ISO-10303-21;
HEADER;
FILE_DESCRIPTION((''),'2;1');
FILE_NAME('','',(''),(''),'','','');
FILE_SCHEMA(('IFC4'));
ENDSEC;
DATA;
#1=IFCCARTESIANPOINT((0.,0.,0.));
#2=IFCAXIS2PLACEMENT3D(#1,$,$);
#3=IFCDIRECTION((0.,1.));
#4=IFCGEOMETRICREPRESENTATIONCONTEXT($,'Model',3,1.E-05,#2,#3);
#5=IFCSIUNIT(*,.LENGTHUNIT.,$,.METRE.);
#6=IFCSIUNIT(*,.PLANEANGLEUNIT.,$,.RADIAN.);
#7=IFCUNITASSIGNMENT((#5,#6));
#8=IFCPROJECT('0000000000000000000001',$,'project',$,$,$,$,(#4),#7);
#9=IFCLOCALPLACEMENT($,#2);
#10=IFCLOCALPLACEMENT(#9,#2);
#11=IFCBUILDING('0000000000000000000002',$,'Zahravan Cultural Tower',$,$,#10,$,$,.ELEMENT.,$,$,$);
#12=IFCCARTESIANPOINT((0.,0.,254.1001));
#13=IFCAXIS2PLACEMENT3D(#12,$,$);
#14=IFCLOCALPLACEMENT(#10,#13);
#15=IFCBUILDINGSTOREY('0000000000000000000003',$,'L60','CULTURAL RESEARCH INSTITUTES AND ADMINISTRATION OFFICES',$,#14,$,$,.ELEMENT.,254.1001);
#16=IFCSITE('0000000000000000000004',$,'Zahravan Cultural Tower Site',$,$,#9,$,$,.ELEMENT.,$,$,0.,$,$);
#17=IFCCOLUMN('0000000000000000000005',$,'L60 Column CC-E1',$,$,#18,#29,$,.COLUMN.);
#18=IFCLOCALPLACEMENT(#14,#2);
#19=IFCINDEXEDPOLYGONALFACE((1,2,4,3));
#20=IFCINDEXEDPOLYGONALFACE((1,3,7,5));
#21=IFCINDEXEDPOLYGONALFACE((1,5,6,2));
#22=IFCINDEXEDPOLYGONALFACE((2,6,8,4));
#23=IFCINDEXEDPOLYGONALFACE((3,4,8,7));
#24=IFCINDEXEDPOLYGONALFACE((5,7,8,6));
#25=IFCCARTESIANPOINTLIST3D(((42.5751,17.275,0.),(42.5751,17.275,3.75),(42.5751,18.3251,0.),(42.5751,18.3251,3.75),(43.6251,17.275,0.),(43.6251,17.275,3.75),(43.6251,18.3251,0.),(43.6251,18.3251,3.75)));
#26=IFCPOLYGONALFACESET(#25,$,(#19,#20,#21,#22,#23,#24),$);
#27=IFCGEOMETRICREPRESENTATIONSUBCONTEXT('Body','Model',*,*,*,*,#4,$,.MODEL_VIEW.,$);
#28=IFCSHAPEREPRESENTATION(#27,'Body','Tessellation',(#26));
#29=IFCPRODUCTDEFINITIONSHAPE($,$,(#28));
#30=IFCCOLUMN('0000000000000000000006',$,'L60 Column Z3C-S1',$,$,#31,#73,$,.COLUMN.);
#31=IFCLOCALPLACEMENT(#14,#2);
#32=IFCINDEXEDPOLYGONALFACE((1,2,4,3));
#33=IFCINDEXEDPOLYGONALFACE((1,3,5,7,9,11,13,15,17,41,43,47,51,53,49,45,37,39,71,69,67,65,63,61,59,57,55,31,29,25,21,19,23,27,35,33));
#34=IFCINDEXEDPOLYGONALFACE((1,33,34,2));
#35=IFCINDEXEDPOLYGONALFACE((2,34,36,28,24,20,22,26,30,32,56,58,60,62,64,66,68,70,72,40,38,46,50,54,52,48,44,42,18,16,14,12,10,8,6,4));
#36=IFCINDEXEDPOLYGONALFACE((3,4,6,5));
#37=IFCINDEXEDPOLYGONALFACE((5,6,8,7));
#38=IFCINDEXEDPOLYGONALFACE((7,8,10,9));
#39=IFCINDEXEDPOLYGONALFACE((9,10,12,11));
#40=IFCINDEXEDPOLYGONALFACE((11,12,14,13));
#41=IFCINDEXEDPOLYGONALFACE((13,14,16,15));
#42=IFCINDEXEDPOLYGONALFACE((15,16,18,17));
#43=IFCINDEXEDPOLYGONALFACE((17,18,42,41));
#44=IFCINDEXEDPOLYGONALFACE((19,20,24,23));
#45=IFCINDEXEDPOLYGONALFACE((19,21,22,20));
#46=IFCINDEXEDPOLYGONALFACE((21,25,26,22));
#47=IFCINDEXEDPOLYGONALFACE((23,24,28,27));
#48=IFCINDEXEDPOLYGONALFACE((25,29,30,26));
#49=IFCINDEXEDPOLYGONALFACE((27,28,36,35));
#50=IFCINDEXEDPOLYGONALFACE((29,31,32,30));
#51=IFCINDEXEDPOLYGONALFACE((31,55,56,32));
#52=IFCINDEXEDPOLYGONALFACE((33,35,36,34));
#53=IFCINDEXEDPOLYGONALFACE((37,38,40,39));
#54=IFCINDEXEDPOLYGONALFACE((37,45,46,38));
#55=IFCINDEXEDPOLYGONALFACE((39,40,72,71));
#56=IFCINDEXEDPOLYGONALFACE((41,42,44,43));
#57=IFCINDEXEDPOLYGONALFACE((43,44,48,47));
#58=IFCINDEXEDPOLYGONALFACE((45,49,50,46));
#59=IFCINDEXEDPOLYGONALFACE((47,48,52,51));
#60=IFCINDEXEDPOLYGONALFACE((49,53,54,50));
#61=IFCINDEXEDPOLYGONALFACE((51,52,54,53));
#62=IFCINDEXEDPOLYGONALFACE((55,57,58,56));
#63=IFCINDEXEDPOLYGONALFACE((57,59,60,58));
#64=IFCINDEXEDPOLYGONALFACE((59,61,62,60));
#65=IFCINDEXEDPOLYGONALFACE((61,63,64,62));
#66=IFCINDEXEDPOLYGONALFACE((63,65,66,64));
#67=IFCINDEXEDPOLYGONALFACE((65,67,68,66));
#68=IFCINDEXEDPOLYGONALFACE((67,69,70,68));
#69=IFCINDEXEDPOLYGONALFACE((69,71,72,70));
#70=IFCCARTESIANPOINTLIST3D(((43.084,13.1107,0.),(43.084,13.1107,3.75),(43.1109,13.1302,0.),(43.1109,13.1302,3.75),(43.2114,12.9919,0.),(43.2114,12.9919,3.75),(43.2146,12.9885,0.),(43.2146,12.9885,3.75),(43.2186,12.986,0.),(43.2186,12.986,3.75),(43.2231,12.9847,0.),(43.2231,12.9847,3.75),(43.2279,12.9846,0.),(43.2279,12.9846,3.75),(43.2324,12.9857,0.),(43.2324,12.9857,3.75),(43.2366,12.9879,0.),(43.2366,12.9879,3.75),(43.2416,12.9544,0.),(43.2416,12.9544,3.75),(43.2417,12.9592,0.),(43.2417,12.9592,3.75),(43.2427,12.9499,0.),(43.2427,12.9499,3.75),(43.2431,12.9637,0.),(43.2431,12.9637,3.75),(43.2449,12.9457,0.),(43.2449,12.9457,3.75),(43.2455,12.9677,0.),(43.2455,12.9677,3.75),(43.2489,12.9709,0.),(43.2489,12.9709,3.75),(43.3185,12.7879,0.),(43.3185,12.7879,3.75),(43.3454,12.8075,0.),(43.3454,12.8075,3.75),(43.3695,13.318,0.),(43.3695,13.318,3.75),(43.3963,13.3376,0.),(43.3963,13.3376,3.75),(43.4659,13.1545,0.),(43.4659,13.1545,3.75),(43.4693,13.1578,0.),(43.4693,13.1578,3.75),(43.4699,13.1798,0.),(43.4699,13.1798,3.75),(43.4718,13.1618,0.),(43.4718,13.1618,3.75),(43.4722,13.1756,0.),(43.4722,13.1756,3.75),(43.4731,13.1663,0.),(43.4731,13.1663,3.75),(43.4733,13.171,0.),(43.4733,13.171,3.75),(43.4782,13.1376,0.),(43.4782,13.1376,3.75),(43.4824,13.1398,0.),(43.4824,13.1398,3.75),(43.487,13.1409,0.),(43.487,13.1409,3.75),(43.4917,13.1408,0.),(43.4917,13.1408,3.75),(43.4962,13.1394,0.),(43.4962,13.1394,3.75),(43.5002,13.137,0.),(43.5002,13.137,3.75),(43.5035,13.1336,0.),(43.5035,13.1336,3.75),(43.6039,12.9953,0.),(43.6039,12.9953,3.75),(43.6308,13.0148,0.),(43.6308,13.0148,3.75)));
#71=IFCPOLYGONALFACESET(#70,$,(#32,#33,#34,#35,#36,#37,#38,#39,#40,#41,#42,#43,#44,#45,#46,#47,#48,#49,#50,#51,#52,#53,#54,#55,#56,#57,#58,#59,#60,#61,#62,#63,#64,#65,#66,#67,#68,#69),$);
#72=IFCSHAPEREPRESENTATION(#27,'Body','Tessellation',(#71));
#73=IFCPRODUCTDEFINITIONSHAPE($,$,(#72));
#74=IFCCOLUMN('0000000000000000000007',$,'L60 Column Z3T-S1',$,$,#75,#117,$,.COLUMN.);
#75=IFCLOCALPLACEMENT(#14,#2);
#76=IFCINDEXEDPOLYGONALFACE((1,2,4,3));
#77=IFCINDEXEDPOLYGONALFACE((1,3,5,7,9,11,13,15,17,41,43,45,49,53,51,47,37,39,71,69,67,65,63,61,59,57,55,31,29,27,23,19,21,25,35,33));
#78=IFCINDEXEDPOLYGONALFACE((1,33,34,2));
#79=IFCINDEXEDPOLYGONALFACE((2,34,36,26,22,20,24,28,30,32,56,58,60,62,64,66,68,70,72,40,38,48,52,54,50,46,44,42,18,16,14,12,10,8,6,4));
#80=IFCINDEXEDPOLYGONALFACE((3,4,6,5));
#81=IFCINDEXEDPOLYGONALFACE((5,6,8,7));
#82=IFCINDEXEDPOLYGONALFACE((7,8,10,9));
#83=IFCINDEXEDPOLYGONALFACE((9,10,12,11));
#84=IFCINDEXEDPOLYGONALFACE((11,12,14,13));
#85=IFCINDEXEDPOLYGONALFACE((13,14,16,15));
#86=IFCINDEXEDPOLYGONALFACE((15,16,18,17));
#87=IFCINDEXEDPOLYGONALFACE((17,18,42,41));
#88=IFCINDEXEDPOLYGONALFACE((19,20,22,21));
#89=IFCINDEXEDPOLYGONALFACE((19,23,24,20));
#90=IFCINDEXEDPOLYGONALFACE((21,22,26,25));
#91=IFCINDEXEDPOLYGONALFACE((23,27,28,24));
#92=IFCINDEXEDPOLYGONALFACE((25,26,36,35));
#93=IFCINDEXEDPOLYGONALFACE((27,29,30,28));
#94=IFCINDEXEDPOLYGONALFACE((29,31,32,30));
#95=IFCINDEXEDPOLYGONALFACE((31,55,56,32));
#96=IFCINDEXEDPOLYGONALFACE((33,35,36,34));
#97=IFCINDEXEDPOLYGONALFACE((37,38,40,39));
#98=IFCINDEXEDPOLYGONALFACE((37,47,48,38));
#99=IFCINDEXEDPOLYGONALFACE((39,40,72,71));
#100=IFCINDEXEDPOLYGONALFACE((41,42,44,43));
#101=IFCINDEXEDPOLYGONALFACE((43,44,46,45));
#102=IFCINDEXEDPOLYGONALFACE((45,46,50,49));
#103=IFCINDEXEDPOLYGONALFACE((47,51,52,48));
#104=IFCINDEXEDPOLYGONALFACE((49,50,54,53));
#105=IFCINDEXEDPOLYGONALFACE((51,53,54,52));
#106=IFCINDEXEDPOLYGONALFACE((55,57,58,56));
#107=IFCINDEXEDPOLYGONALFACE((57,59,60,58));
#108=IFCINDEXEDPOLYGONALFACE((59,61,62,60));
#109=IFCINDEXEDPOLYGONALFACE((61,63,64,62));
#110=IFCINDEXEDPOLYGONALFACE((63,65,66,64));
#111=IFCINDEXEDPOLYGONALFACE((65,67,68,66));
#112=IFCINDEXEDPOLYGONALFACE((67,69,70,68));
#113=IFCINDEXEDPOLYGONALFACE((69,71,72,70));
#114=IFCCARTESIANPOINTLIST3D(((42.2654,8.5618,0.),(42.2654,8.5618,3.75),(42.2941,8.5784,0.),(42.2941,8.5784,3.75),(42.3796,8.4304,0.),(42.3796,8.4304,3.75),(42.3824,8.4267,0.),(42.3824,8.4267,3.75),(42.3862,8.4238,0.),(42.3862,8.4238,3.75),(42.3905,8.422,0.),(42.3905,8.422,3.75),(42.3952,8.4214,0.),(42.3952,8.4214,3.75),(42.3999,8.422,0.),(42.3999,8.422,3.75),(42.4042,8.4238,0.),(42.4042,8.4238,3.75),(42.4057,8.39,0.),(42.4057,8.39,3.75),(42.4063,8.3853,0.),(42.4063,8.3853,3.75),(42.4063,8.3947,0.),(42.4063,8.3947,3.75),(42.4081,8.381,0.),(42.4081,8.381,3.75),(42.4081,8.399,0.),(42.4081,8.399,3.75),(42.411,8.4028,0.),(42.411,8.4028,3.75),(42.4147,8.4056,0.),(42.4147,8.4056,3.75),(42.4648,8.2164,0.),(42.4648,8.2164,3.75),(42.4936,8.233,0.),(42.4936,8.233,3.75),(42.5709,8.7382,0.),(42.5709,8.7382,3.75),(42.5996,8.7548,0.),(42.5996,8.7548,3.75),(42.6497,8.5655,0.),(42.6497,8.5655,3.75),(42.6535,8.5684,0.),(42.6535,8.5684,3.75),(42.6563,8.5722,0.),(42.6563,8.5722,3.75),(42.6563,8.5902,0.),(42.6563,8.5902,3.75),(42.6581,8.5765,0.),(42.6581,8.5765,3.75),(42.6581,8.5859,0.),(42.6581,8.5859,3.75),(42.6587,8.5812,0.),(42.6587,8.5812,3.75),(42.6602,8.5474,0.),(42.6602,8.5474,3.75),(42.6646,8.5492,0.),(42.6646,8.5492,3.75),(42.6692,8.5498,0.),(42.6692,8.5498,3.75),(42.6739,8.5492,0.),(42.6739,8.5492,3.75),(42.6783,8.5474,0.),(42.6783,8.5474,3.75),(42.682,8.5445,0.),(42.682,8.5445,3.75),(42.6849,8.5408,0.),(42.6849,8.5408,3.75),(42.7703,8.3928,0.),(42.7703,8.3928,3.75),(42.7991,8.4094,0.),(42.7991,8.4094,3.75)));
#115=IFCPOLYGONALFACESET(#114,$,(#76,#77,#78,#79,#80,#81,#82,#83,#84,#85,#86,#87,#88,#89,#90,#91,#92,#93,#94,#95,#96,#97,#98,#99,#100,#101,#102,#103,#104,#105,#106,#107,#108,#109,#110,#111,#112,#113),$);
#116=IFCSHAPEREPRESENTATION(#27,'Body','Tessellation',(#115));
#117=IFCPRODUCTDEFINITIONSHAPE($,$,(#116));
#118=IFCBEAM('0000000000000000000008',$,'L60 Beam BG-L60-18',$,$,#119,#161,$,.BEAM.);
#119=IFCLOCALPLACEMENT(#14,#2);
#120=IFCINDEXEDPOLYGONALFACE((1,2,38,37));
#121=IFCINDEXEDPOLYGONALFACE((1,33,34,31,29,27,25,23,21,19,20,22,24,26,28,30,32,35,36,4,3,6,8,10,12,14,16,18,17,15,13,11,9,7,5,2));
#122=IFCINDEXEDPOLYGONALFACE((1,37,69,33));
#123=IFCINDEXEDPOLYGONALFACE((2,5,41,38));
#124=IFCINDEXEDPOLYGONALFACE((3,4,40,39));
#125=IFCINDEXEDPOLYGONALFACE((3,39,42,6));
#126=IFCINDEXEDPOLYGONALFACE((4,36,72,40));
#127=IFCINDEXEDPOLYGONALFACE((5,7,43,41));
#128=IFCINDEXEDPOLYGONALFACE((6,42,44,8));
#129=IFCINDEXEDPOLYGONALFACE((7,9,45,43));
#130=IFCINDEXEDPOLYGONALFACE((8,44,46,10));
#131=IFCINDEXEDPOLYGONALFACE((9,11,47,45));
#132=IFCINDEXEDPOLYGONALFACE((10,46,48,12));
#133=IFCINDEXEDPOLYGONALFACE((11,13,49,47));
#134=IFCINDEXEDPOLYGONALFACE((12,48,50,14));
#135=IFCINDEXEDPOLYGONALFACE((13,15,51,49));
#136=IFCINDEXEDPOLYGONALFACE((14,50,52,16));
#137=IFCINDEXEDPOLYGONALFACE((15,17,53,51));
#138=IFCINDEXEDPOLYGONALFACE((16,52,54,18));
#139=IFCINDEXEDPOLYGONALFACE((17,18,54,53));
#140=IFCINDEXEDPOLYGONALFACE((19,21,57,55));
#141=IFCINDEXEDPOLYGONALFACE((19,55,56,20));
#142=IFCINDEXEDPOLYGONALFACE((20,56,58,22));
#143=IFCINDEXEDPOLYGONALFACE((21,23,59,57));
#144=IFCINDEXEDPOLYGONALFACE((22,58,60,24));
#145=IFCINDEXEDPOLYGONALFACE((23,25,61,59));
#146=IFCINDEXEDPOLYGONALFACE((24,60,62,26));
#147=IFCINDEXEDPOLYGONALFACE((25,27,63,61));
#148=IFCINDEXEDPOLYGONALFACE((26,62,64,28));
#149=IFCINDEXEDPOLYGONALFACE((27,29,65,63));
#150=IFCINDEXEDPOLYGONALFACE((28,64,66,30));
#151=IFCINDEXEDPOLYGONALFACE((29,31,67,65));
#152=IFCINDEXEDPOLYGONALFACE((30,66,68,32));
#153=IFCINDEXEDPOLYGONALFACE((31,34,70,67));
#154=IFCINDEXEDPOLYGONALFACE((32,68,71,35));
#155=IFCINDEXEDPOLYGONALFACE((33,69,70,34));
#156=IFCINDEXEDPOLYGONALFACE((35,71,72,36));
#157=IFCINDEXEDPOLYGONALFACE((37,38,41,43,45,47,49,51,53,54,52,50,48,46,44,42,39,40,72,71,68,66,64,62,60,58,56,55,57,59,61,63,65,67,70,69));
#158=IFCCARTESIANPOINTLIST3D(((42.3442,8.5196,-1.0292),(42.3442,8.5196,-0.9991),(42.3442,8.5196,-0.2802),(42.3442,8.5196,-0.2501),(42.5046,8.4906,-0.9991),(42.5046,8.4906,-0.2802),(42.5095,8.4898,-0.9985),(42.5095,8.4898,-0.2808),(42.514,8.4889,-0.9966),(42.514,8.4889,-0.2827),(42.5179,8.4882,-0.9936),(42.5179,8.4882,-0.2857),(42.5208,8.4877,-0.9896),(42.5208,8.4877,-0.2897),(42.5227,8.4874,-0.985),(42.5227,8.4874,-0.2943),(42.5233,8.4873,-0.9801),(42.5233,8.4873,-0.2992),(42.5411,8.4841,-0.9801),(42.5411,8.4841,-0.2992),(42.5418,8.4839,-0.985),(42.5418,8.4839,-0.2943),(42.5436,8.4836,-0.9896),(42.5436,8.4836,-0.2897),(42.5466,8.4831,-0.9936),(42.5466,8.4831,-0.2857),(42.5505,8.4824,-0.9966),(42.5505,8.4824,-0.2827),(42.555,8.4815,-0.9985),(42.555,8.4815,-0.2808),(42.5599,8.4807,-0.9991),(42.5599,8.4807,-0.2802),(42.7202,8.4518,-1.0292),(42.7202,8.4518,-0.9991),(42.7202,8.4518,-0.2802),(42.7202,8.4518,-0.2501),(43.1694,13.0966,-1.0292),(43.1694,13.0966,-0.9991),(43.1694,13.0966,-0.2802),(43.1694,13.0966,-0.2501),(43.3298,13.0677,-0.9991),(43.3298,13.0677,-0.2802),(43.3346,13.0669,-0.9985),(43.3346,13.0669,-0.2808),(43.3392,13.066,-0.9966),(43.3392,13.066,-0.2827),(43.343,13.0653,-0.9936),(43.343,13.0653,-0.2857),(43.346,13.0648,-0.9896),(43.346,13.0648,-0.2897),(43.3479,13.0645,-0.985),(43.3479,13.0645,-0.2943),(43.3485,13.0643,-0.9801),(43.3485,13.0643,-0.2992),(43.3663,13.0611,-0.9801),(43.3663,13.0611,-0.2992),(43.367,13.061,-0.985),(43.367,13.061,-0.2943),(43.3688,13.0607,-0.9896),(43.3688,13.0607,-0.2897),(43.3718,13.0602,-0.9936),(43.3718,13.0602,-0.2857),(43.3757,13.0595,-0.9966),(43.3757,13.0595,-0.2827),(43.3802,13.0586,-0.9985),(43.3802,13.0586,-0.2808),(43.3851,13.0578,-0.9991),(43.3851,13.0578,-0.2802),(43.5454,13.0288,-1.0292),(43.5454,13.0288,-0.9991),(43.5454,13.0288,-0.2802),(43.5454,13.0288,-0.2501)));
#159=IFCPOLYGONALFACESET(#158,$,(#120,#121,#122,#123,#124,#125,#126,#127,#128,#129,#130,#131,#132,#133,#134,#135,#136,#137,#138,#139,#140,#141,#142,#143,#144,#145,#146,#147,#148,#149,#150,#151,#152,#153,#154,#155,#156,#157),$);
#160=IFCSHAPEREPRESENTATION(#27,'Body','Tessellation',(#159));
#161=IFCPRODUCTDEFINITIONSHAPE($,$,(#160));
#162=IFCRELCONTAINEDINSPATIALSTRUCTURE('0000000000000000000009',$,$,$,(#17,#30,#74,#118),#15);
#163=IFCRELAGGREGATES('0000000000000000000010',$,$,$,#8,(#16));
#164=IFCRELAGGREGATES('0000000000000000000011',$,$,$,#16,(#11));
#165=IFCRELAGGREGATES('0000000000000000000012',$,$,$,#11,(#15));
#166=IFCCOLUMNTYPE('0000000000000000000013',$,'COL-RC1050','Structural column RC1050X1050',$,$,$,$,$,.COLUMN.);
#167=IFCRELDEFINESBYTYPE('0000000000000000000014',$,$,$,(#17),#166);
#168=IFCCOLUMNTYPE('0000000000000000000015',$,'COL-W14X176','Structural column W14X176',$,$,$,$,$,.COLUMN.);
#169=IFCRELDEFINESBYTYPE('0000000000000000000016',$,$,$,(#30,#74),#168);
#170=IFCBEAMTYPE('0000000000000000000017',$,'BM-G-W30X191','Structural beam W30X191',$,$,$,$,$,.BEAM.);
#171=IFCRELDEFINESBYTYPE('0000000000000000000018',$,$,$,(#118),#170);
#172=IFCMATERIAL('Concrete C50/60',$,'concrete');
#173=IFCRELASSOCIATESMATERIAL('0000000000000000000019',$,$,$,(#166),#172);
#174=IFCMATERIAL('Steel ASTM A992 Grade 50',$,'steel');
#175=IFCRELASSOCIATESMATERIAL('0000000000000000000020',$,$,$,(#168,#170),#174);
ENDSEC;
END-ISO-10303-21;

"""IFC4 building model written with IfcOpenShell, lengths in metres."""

from ifc_helpers import new_model, si_unit, direction, frame, origin, origin_2d, place, context, subcontext, project, spatial, rectangle, i_section, extrude, source, transform, mapped, material, material_profile, profile_set, type_object, element, save


model = new_model("IFC4")

# Units and contexts
model_context = context("Model", 3, precision=1e-05, world=origin(), true_north=direction((0.0, 1.0)))
body_context = subcontext(model_context, "Body", "Model", "MODEL_VIEW")
ifc_project = project(units=[si_unit("LENGTHUNIT", "METRE"), si_unit("PLANEANGLEUNIT", "RADIAN")], contexts=[model_context])

# Site, building, storey
site_placement = place(None, origin())
site = spatial("IfcSite", under=ifc_project, at=site_placement, Name="Zahravan Cultural Tower Site", CompositionType="ELEMENT", RefElevation=0.0)
building_placement = place(site_placement, origin())
building = spatial("IfcBuilding", under=site, at=building_placement, Name="Zahravan Cultural Tower", CompositionType="ELEMENT")
storey_placement = place(building_placement, frame((0.0, 0.0, 254.1001)))
storey = spatial("IfcBuildingStorey", under=building, at=storey_placement, Name="L60", Description="CULTURAL RESEARCH INSTITUTES AND ADMINISTRATION OFFICES", CompositionType="ELEMENT", Elevation=254.1001)

# Columns
ifc_material_1 = material(Name="Concrete C50/60", Category="concrete")
ifc_material_profile_1 = material_profile(ifc_material_1, rectangle(XDim=1.05, YDim=1.05, at=origin_2d()), Name="RC1050X1050")
ifc_profile_set_1 = profile_set([ifc_material_profile_1], Name="Concrete C50/60")
column_type_1 = type_object("IfcColumnType", Name="COL-RC1050", Description="Structural column RC1050X1050", PredefinedType="COLUMN", material=ifc_profile_set_1)
shared_shape_1 = source(origin(), body_context, "Body", "SweptSolid", [
    extrude(rectangle(XDim=1.05, YDim=1.05, at=origin_2d()), origin(), (0.0, 0.0, 1.0), 3.75),
])
column_placement = place(storey_placement, frame((43.1001, 17.8, 0.0), z_axis=(0.0, 0.0, 1.0), x_axis=(1.0, 0.0, 0.0)))
element("IfcColumn", 1, at=column_placement, inside=storey, type_object=column_type_1, Name="L60 Column CC-E1", PredefinedType="COLUMN", context=body_context, shape_type="MappedRepresentation", body=[
    mapped(shared_shape_1, transform((0.0, 0.0, 0.0), x_axis=(1.0, 0.0, 0.0), y_axis=(0.0, 1.0, 0.0), z_axis=(0.0, 0.0, 1.0), scale=1.0)),
])
ifc_material_2 = material(Name="Steel ASTM A992 Grade 50", Category="steel")
ifc_material_profile_2 = material_profile(ifc_material_2, i_section(OverallWidth=0.3989, OverallDepth=0.386, WebThickness=0.021, FlangeThickness=0.0332, FilletRadius=0.0181, at=origin_2d()), Name="W14X176")
ifc_profile_set_2 = profile_set([ifc_material_profile_2], Name="Steel ASTM A992 Grade 50")
column_type_2 = type_object("IfcColumnType", Name="COL-W14X176", Description="Structural column W14X176", PredefinedType="COLUMN", material=ifc_profile_set_2)
shared_shape_2 = source(origin(), body_context, "Body", "SweptSolid", [
    extrude(i_section(OverallWidth=0.3989, OverallDepth=0.386, WebThickness=0.021, FlangeThickness=0.0332, FilletRadius=0.0181, at=origin_2d()), origin(), (0.0, 0.0, 1.0), 3.75),
])
for number, where, z_axis, x_axis, name in (
    (2, (43.3574, 13.0627, 0.0), (0.0, 0.0, 1.0), (-0.587785, 0.809017, 0.0), "L60 Column Z3C-S1"),
    (3, (42.5322, 8.4856, 0.0), (0.0, 0.0, 1.0), (-0.5, 0.866025, 0.0), "L60 Column Z3T-S1"),
):
    element("IfcColumn", number, at=place(storey_placement, frame(where, z_axis=z_axis, x_axis=x_axis)), inside=storey, type_object=column_type_2, Name=name, PredefinedType="COLUMN", context=body_context, shape_type="MappedRepresentation", body=[
        mapped(shared_shape_2, transform((0.0, 0.0, 0.0), x_axis=(1.0, 0.0, 0.0), y_axis=(0.0, 1.0, 0.0), z_axis=(0.0, 0.0, 1.0), scale=1.0)),
    ])

# Beam
ifc_material_profile_3 = material_profile(ifc_material_2, i_section(OverallWidth=0.3821, OverallDepth=0.7791, WebThickness=0.0181, FlangeThickness=0.03, FilletRadius=0.019, at=origin_2d()), Name="W30X191")
ifc_profile_set_3 = profile_set([ifc_material_profile_3], Name="Steel ASTM A992 Grade 50")
beam_type = type_object("IfcBeamType", Name="BM-G-W30X191", Description="Structural beam W30X191", PredefinedType="BEAM", material=ifc_profile_set_3)
shared_shape_3 = source(origin(), body_context, "Body", "SweptSolid", [
    extrude(i_section(OverallWidth=0.3821, OverallDepth=0.7791, WebThickness=0.0181, FlangeThickness=0.03, FilletRadius=0.019, at=origin_2d()), origin(), (0.0, 0.0, 1.0), 4.6509),
])
beam_placement = place(storey_placement, frame((43.3574, 13.0627, -0.6396), z_axis=(-0.177426, -0.984134, 0.0), x_axis=(0.984134, -0.177426, 0.0)))
element("IfcBeam", 4, at=beam_placement, inside=storey, type_object=beam_type, Name="L60 Beam BG-L60-18", PredefinedType="BEAM", context=body_context, shape_type="MappedRepresentation", body=[
    mapped(shared_shape_3, transform((0.0, 0.0, 0.0), x_axis=(1.0, 0.0, 0.0), y_axis=(0.0, 1.0, 0.0), z_axis=(0.0, 0.0, 1.0), scale=1.0)),
])

save(model, "model.ifc")
